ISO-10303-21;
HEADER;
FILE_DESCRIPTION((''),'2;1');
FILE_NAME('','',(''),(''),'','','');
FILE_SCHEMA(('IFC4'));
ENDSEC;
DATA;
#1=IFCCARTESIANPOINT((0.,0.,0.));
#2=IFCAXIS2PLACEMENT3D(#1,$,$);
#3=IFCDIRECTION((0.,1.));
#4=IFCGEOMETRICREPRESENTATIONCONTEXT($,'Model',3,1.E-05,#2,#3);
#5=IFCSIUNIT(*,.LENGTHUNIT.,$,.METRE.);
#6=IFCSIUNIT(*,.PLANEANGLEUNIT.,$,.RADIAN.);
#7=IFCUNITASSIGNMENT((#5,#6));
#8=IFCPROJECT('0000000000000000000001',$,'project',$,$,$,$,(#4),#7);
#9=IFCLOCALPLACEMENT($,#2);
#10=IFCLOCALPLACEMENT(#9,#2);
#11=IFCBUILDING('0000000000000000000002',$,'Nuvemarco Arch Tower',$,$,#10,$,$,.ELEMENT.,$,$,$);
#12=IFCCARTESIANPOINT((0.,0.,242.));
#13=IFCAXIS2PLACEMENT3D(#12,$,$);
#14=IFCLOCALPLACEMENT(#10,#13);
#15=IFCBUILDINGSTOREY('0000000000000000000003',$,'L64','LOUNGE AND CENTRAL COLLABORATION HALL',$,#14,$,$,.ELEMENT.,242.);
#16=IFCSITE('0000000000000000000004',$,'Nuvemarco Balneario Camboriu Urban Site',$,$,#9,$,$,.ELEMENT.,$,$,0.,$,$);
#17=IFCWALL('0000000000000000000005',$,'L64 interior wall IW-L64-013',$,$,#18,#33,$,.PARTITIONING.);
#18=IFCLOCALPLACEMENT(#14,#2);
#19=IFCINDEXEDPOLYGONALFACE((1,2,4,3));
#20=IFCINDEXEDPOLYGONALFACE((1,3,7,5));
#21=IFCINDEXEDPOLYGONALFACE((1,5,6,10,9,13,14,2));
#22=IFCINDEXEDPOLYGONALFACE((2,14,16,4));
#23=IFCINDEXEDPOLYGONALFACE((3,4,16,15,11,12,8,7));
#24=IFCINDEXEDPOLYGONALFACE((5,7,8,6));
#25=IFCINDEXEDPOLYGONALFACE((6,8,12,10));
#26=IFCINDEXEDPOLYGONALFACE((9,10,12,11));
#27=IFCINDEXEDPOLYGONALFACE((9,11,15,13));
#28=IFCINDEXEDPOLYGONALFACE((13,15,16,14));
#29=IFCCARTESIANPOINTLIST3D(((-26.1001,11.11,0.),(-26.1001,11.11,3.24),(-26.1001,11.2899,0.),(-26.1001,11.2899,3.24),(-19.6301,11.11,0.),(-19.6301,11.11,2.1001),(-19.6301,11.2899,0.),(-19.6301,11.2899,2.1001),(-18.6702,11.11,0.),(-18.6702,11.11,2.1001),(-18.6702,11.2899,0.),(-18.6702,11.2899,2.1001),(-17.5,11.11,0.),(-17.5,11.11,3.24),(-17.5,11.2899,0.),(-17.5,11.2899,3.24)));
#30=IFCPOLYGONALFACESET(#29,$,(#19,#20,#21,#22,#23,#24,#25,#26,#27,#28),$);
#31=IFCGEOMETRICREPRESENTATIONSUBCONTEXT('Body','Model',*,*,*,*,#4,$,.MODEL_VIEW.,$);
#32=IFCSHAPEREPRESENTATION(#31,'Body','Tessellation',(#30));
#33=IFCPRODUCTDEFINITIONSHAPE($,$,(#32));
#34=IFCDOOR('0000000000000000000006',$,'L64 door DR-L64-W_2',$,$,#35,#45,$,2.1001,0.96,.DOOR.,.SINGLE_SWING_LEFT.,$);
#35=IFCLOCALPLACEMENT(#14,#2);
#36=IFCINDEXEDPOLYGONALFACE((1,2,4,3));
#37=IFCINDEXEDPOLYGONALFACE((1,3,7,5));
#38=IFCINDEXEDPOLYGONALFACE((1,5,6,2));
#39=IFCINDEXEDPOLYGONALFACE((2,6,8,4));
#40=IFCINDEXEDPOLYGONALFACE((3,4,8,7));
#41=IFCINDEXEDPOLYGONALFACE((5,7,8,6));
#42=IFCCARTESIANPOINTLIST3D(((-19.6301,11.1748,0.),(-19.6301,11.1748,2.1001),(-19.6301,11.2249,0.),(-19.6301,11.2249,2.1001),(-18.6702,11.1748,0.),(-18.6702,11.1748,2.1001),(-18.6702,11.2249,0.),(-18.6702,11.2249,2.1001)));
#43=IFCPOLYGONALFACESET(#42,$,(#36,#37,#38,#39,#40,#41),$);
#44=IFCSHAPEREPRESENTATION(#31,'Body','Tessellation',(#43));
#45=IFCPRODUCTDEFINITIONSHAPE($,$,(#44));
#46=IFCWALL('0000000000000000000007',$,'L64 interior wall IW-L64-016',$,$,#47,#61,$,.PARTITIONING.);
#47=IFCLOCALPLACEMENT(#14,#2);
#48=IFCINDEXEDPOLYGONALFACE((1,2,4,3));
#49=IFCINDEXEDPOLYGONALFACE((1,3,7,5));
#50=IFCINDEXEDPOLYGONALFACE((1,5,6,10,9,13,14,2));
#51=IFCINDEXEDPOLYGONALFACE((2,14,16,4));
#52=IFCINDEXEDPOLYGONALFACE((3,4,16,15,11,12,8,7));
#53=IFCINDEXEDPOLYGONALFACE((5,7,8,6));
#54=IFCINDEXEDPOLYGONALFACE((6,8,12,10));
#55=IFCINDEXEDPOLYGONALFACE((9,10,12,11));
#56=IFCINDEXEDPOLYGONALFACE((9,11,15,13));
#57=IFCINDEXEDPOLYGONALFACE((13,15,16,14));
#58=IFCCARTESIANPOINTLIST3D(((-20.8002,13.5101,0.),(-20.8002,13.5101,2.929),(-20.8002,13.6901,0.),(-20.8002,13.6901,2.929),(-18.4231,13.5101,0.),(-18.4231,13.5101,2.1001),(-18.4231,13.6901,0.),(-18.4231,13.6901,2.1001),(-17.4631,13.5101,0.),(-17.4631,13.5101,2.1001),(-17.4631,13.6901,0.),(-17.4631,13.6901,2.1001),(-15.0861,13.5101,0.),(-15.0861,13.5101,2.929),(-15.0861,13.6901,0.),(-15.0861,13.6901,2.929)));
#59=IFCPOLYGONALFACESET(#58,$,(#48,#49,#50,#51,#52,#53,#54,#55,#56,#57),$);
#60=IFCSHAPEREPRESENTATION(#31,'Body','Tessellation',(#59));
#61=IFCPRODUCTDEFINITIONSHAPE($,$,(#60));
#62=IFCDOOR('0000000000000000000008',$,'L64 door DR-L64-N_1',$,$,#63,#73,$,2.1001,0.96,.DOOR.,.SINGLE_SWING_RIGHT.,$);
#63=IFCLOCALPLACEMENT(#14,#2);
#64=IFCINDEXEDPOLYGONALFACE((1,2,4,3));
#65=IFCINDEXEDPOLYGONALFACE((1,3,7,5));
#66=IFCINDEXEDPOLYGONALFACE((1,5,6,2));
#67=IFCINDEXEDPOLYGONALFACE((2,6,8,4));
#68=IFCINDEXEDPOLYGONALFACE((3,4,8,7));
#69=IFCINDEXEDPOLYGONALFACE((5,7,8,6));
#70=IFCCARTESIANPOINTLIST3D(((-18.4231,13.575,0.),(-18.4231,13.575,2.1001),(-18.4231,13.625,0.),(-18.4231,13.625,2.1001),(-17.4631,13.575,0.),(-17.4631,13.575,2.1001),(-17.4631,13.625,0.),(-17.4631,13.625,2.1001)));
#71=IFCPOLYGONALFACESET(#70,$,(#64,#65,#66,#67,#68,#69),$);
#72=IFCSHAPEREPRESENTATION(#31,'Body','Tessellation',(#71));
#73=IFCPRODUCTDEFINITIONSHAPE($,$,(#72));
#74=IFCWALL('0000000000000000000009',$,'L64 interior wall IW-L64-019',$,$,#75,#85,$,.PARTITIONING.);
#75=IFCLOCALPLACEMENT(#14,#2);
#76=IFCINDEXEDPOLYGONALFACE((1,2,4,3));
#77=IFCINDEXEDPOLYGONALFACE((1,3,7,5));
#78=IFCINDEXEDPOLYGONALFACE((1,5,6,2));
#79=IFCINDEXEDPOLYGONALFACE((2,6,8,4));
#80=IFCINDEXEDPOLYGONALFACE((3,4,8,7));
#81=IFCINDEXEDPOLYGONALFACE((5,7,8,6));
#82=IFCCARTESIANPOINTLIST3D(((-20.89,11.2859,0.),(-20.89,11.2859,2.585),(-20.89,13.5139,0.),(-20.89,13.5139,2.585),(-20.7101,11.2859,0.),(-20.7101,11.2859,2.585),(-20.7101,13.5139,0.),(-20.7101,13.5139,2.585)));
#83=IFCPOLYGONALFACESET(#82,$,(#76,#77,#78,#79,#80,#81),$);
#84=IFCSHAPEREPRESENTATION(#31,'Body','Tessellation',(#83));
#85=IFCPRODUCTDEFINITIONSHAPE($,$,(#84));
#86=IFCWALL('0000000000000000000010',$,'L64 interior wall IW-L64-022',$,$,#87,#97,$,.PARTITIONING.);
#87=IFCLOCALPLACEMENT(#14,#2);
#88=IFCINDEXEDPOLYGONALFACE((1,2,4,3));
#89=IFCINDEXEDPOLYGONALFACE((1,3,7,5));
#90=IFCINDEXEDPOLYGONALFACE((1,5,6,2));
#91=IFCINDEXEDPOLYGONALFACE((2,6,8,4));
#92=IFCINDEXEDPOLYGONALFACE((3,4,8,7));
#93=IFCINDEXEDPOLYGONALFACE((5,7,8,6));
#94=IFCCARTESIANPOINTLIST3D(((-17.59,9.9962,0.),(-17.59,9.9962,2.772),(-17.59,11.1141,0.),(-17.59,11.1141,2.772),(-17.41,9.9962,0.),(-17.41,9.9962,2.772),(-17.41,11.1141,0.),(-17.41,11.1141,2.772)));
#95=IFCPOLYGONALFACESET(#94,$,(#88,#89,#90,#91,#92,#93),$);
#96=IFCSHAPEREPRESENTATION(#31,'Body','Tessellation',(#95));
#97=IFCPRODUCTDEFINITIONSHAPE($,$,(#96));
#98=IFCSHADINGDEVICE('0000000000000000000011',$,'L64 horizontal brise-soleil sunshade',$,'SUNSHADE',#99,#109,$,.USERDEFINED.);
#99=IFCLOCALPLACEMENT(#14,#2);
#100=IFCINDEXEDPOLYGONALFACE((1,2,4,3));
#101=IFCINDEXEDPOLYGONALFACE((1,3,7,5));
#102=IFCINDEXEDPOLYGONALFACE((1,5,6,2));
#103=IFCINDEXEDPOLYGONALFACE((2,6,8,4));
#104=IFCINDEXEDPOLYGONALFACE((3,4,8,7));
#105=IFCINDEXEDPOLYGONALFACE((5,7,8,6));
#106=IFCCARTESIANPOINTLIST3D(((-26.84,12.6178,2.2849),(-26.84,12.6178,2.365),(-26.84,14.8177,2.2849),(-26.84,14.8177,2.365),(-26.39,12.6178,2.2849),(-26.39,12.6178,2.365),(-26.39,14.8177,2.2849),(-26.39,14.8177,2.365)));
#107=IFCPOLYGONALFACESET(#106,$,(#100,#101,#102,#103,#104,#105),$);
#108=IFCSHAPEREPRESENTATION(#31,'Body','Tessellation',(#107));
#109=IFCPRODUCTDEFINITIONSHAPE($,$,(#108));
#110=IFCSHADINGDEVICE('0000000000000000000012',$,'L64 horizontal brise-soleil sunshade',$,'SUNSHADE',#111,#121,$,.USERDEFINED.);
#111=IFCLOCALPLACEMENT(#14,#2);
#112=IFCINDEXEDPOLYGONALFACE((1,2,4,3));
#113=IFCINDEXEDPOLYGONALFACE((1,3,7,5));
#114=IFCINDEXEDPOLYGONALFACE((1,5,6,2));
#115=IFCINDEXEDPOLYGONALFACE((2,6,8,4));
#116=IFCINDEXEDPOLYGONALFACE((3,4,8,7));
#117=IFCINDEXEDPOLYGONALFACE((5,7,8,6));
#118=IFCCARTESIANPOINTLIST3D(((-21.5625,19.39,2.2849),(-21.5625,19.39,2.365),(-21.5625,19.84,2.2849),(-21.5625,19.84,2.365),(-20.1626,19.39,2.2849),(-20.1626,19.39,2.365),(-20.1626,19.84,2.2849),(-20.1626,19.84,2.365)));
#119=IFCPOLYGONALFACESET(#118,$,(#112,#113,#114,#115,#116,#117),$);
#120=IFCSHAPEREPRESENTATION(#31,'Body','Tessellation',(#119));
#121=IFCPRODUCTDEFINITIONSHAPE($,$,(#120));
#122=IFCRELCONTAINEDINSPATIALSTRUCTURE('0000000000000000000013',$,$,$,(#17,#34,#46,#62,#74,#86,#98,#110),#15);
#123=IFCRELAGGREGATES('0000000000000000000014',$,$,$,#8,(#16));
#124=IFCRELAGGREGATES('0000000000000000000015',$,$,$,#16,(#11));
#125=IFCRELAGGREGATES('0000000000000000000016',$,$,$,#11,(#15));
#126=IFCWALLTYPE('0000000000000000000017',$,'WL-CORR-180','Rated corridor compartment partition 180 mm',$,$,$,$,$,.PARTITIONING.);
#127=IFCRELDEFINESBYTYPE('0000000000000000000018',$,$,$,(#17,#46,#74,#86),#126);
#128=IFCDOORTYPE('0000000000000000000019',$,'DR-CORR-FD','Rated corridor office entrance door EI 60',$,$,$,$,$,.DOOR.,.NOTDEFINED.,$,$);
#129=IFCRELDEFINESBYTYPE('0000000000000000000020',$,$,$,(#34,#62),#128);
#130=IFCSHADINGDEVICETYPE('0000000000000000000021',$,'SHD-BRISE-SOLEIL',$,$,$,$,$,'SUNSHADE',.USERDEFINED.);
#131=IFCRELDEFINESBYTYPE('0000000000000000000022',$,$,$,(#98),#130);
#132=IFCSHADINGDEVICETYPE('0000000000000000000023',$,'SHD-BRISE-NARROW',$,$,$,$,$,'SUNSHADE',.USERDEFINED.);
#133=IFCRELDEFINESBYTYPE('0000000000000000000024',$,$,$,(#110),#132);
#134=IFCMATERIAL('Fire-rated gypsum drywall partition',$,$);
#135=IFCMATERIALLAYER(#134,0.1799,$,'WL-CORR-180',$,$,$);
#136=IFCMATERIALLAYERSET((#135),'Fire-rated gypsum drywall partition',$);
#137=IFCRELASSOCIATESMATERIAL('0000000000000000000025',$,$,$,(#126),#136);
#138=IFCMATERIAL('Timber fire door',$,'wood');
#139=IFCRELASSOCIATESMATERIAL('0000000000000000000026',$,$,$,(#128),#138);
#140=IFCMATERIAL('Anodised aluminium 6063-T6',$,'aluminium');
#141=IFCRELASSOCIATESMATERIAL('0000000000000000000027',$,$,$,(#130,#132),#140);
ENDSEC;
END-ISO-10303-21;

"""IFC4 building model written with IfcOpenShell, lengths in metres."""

from ifc_helpers import new_model, si_unit, direction, frame, frame_2d, origin, origin_2d, place, context, subcontext, project, spatial, rectangle, extrude, source, transform, mapped, material, layer, layer_set, type_object, type_shapes, element, fill, save


model = new_model("IFC4")

# Units and contexts
model_context = context("Model", 3, precision=1e-05, world=origin(), true_north=direction((0.0, 1.0)))
body_context = subcontext(model_context, "Body", "Model", "MODEL_VIEW")
ifc_project = project(units=[si_unit("LENGTHUNIT", "METRE"), si_unit("PLANEANGLEUNIT", "RADIAN")], contexts=[model_context])

# Site, building, storey
site_placement = place(None, origin())
site = spatial("IfcSite", under=ifc_project, at=site_placement, Name="Nuvemarco Balneario Camboriu Urban Site", CompositionType="ELEMENT", RefElevation=0.0)
building_placement = place(site_placement, origin())
building = spatial("IfcBuilding", under=site, at=building_placement, Name="Nuvemarco Arch Tower", CompositionType="ELEMENT")
storey_placement = place(building_placement, frame((0.0, 0.0, 242.0)))
storey = spatial("IfcBuildingStorey", under=building, at=storey_placement, Name="L64", Description="LOUNGE AND CENTRAL COLLABORATION HALL", CompositionType="ELEMENT", Elevation=242.0)

# Walls, openings, doors
ifc_material_1 = material(Name="Fire-rated gypsum drywall partition")
ifc_layer_1 = layer(ifc_material_1, 0.1799, Name="WL-CORR-180")
ifc_layer_set_1 = layer_set([ifc_layer_1], Name="Fire-rated gypsum drywall partition")
wall_type_1 = type_object("IfcWallType", Name="WL-CORR-180", Description="Rated corridor compartment partition 180 mm", PredefinedType="PARTITIONING", material=ifc_layer_set_1)
wall_1_placement = place(storey_placement, frame((-26.1001, 11.2, 0.0), z_axis=(0.0, 0.0, 1.0), x_axis=(1.0, 0.0, 0.0)))
wall_1 = element("IfcWall", 1, at=wall_1_placement, inside=storey, type_object=wall_type_1, Name="L64 interior wall IW-L64-013", PredefinedType="PARTITIONING", context=body_context, shape_type="SweptSolid", body=[
    extrude(rectangle(XDim=8.6001, YDim=0.1799, at=frame_2d((4.3, 0.0))), origin(), (0.0, 0.0, 1.0), 3.24),
])
opening_1_placement = place(wall_1_placement, frame((6.47, 0.0, 0.0)))
opening_1 = element("IfcOpeningElement", 2, at=opening_1_placement, cuts=wall_1, PredefinedType="OPENING", context=body_context, shape_type="SweptSolid", body=[
    extrude(rectangle(XDim=0.96, YDim=2.1001, at=frame_2d((0.48, 1.05))), frame((0.0, 0.0999, 0.0), z_axis=(0.0, -1.0, 0.0), x_axis=(1.0, 0.0, 0.0)), (0.0, 0.0, 1.0), 0.2),
])
ifc_material_2 = material(Name="Timber fire door", Category="wood")
door_type_1 = type_object("IfcDoorType", Name="DR-CORR-FD", Description="Rated corridor office entrance door EI 60", OperationType="NOTDEFINED", PredefinedType="DOOR", material=ifc_material_2)
shared_shape_1 = source(origin(), body_context, "Body", "SweptSolid", [
    extrude(rectangle(XDim=0.96, YDim=2.1001, at=frame_2d((0.48, 1.05))), frame((0.0, 0.0249, 0.0), z_axis=(0.0, -1.0, 0.0), x_axis=(1.0, 0.0, 0.0)), (0.0, 0.0, 1.0), 0.05),
])
type_shapes(door_type_1, [shared_shape_1])
door_1_placement = place(opening_1_placement, origin())
door_1 = element("IfcDoor", 3, at=door_1_placement, inside=storey, type_object=door_type_1, Name="L64 door DR-L64-W_2", OperationType="SINGLE_SWING_LEFT", OverallHeight=2.1001, OverallWidth=0.96, PredefinedType="DOOR", context=body_context, shape_type="MappedRepresentation", body=[
    mapped(shared_shape_1, transform((0.0, 0.0, 0.0), scale=1.0)),
])
fill(opening_1, door_1)
wall_2_placement = place(storey_placement, frame((-20.8, 13.6001, 0.0), z_axis=(0.0, 0.0, 1.0), x_axis=(1.0, 0.0, 0.0)))
wall_2 = element("IfcWall", 4, at=wall_2_placement, inside=storey, type_object=wall_type_1, Name="L64 interior wall IW-L64-016", PredefinedType="PARTITIONING", context=body_context, shape_type="SweptSolid", body=[
    extrude(rectangle(XDim=5.7141, YDim=0.1799, at=frame_2d((2.8569, 0.0))), origin(), (0.0, 0.0, 1.0), 2.929),
])
opening_2_placement = place(wall_2_placement, frame((2.377, 0.0, 0.0)))
opening_2 = element("IfcOpeningElement", 5, at=opening_2_placement, cuts=wall_2, PredefinedType="OPENING", context=body_context, shape_type="SweptSolid", body=[
    extrude(rectangle(XDim=0.96, YDim=2.1001, at=frame_2d((0.48, 1.05))), frame((0.0, 0.0999, 0.0), z_axis=(0.0, -1.0, 0.0), x_axis=(1.0, 0.0, 0.0)), (0.0, 0.0, 1.0), 0.2),
])
door_2_placement = place(opening_2_placement, origin())
door_2 = element("IfcDoor", 6, at=door_2_placement, inside=storey, type_object=door_type_1, Name="L64 door DR-L64-N_1", OperationType="SINGLE_SWING_RIGHT", OverallHeight=2.1001, OverallWidth=0.96, PredefinedType="DOOR", context=body_context, shape_type="MappedRepresentation", body=[
    mapped(shared_shape_1, transform((0.0, 0.0, 0.0), scale=1.0)),
])
fill(opening_2, door_2)

# Walls
wall_3_placement = place(storey_placement, frame((-20.8, 11.2859, 0.0), z_axis=(0.0, 0.0, 1.0), x_axis=(0.0, 1.0, 0.0)))
element("IfcWall", 7, at=wall_3_placement, inside=storey, type_object=wall_type_1, Name="L64 interior wall IW-L64-019", PredefinedType="PARTITIONING", context=body_context, shape_type="SweptSolid", body=[
    extrude(rectangle(XDim=2.228, YDim=0.1799, at=frame_2d((1.114, 0.0))), origin(), (0.0, 0.0, 1.0), 2.585),
])
wall_4_placement = place(storey_placement, frame((-17.5, 9.9961, 0.0), z_axis=(0.0, 0.0, 1.0), x_axis=(0.0, 1.0, 0.0)))
element("IfcWall", 8, at=wall_4_placement, inside=storey, type_object=wall_type_1, Name="L64 interior wall IW-L64-022", PredefinedType="PARTITIONING", context=body_context, shape_type="SweptSolid", body=[
    extrude(rectangle(XDim=1.1179, YDim=0.1799, at=frame_2d((0.5591, 0.0))), origin(), (0.0, 0.0, 1.0), 2.772),
])

# Shading devices
ifc_material_3 = material(Name="Anodised aluminium 6063-T6", Category="aluminium")
shading_device_type_1 = type_object("IfcShadingDeviceType", Name="SHD-BRISE-SOLEIL", ElementType="SUNSHADE", PredefinedType="USERDEFINED", material=ifc_material_3)
shared_shape_2 = source(origin(), body_context, "Body", "SweptSolid", [
    extrude(rectangle(XDim=2.2, YDim=0.45, at=origin_2d()), origin(), (0.0, 0.0, 1.0), 0.0801),
])
type_shapes(shading_device_type_1, [shared_shape_2])
shading_device_1_placement = place(storey_placement, frame((-26.615, 13.7178, 2.2849), z_axis=(0.0, 0.0, 1.0), x_axis=(0.0, 1.0, 0.0)))
element("IfcShadingDevice", 9, at=shading_device_1_placement, inside=storey, type_object=shading_device_type_1, Name="L64 horizontal brise-soleil sunshade", ObjectType="SUNSHADE", PredefinedType="USERDEFINED", context=body_context, shape_type="MappedRepresentation", body=[
    mapped(shared_shape_2, transform((0.0, 0.0, 0.0), scale=1.0)),
])
shading_device_type_2 = type_object("IfcShadingDeviceType", Name="SHD-BRISE-NARROW", ElementType="SUNSHADE", PredefinedType="USERDEFINED", material=ifc_material_3)
shared_shape_3 = source(origin(), body_context, "Body", "SweptSolid", [
    extrude(rectangle(XDim=1.3999, YDim=0.45, at=origin_2d()), origin(), (0.0, 0.0, 1.0), 0.0801),
])
type_shapes(shading_device_type_2, [shared_shape_3])
shading_device_2_placement = place(storey_placement, frame((-20.8625, 19.615, 2.2849), z_axis=(0.0, 0.0, 1.0), x_axis=(1.0, 0.0, 0.0)))
element("IfcShadingDevice", 10, at=shading_device_2_placement, inside=storey, type_object=shading_device_type_2, Name="L64 horizontal brise-soleil sunshade", ObjectType="SUNSHADE", PredefinedType="USERDEFINED", context=body_context, shape_type="MappedRepresentation", body=[
    mapped(shared_shape_3, transform((0.0, 0.0, 0.0), scale=1.0)),
])

save(model, "model.ifc")
